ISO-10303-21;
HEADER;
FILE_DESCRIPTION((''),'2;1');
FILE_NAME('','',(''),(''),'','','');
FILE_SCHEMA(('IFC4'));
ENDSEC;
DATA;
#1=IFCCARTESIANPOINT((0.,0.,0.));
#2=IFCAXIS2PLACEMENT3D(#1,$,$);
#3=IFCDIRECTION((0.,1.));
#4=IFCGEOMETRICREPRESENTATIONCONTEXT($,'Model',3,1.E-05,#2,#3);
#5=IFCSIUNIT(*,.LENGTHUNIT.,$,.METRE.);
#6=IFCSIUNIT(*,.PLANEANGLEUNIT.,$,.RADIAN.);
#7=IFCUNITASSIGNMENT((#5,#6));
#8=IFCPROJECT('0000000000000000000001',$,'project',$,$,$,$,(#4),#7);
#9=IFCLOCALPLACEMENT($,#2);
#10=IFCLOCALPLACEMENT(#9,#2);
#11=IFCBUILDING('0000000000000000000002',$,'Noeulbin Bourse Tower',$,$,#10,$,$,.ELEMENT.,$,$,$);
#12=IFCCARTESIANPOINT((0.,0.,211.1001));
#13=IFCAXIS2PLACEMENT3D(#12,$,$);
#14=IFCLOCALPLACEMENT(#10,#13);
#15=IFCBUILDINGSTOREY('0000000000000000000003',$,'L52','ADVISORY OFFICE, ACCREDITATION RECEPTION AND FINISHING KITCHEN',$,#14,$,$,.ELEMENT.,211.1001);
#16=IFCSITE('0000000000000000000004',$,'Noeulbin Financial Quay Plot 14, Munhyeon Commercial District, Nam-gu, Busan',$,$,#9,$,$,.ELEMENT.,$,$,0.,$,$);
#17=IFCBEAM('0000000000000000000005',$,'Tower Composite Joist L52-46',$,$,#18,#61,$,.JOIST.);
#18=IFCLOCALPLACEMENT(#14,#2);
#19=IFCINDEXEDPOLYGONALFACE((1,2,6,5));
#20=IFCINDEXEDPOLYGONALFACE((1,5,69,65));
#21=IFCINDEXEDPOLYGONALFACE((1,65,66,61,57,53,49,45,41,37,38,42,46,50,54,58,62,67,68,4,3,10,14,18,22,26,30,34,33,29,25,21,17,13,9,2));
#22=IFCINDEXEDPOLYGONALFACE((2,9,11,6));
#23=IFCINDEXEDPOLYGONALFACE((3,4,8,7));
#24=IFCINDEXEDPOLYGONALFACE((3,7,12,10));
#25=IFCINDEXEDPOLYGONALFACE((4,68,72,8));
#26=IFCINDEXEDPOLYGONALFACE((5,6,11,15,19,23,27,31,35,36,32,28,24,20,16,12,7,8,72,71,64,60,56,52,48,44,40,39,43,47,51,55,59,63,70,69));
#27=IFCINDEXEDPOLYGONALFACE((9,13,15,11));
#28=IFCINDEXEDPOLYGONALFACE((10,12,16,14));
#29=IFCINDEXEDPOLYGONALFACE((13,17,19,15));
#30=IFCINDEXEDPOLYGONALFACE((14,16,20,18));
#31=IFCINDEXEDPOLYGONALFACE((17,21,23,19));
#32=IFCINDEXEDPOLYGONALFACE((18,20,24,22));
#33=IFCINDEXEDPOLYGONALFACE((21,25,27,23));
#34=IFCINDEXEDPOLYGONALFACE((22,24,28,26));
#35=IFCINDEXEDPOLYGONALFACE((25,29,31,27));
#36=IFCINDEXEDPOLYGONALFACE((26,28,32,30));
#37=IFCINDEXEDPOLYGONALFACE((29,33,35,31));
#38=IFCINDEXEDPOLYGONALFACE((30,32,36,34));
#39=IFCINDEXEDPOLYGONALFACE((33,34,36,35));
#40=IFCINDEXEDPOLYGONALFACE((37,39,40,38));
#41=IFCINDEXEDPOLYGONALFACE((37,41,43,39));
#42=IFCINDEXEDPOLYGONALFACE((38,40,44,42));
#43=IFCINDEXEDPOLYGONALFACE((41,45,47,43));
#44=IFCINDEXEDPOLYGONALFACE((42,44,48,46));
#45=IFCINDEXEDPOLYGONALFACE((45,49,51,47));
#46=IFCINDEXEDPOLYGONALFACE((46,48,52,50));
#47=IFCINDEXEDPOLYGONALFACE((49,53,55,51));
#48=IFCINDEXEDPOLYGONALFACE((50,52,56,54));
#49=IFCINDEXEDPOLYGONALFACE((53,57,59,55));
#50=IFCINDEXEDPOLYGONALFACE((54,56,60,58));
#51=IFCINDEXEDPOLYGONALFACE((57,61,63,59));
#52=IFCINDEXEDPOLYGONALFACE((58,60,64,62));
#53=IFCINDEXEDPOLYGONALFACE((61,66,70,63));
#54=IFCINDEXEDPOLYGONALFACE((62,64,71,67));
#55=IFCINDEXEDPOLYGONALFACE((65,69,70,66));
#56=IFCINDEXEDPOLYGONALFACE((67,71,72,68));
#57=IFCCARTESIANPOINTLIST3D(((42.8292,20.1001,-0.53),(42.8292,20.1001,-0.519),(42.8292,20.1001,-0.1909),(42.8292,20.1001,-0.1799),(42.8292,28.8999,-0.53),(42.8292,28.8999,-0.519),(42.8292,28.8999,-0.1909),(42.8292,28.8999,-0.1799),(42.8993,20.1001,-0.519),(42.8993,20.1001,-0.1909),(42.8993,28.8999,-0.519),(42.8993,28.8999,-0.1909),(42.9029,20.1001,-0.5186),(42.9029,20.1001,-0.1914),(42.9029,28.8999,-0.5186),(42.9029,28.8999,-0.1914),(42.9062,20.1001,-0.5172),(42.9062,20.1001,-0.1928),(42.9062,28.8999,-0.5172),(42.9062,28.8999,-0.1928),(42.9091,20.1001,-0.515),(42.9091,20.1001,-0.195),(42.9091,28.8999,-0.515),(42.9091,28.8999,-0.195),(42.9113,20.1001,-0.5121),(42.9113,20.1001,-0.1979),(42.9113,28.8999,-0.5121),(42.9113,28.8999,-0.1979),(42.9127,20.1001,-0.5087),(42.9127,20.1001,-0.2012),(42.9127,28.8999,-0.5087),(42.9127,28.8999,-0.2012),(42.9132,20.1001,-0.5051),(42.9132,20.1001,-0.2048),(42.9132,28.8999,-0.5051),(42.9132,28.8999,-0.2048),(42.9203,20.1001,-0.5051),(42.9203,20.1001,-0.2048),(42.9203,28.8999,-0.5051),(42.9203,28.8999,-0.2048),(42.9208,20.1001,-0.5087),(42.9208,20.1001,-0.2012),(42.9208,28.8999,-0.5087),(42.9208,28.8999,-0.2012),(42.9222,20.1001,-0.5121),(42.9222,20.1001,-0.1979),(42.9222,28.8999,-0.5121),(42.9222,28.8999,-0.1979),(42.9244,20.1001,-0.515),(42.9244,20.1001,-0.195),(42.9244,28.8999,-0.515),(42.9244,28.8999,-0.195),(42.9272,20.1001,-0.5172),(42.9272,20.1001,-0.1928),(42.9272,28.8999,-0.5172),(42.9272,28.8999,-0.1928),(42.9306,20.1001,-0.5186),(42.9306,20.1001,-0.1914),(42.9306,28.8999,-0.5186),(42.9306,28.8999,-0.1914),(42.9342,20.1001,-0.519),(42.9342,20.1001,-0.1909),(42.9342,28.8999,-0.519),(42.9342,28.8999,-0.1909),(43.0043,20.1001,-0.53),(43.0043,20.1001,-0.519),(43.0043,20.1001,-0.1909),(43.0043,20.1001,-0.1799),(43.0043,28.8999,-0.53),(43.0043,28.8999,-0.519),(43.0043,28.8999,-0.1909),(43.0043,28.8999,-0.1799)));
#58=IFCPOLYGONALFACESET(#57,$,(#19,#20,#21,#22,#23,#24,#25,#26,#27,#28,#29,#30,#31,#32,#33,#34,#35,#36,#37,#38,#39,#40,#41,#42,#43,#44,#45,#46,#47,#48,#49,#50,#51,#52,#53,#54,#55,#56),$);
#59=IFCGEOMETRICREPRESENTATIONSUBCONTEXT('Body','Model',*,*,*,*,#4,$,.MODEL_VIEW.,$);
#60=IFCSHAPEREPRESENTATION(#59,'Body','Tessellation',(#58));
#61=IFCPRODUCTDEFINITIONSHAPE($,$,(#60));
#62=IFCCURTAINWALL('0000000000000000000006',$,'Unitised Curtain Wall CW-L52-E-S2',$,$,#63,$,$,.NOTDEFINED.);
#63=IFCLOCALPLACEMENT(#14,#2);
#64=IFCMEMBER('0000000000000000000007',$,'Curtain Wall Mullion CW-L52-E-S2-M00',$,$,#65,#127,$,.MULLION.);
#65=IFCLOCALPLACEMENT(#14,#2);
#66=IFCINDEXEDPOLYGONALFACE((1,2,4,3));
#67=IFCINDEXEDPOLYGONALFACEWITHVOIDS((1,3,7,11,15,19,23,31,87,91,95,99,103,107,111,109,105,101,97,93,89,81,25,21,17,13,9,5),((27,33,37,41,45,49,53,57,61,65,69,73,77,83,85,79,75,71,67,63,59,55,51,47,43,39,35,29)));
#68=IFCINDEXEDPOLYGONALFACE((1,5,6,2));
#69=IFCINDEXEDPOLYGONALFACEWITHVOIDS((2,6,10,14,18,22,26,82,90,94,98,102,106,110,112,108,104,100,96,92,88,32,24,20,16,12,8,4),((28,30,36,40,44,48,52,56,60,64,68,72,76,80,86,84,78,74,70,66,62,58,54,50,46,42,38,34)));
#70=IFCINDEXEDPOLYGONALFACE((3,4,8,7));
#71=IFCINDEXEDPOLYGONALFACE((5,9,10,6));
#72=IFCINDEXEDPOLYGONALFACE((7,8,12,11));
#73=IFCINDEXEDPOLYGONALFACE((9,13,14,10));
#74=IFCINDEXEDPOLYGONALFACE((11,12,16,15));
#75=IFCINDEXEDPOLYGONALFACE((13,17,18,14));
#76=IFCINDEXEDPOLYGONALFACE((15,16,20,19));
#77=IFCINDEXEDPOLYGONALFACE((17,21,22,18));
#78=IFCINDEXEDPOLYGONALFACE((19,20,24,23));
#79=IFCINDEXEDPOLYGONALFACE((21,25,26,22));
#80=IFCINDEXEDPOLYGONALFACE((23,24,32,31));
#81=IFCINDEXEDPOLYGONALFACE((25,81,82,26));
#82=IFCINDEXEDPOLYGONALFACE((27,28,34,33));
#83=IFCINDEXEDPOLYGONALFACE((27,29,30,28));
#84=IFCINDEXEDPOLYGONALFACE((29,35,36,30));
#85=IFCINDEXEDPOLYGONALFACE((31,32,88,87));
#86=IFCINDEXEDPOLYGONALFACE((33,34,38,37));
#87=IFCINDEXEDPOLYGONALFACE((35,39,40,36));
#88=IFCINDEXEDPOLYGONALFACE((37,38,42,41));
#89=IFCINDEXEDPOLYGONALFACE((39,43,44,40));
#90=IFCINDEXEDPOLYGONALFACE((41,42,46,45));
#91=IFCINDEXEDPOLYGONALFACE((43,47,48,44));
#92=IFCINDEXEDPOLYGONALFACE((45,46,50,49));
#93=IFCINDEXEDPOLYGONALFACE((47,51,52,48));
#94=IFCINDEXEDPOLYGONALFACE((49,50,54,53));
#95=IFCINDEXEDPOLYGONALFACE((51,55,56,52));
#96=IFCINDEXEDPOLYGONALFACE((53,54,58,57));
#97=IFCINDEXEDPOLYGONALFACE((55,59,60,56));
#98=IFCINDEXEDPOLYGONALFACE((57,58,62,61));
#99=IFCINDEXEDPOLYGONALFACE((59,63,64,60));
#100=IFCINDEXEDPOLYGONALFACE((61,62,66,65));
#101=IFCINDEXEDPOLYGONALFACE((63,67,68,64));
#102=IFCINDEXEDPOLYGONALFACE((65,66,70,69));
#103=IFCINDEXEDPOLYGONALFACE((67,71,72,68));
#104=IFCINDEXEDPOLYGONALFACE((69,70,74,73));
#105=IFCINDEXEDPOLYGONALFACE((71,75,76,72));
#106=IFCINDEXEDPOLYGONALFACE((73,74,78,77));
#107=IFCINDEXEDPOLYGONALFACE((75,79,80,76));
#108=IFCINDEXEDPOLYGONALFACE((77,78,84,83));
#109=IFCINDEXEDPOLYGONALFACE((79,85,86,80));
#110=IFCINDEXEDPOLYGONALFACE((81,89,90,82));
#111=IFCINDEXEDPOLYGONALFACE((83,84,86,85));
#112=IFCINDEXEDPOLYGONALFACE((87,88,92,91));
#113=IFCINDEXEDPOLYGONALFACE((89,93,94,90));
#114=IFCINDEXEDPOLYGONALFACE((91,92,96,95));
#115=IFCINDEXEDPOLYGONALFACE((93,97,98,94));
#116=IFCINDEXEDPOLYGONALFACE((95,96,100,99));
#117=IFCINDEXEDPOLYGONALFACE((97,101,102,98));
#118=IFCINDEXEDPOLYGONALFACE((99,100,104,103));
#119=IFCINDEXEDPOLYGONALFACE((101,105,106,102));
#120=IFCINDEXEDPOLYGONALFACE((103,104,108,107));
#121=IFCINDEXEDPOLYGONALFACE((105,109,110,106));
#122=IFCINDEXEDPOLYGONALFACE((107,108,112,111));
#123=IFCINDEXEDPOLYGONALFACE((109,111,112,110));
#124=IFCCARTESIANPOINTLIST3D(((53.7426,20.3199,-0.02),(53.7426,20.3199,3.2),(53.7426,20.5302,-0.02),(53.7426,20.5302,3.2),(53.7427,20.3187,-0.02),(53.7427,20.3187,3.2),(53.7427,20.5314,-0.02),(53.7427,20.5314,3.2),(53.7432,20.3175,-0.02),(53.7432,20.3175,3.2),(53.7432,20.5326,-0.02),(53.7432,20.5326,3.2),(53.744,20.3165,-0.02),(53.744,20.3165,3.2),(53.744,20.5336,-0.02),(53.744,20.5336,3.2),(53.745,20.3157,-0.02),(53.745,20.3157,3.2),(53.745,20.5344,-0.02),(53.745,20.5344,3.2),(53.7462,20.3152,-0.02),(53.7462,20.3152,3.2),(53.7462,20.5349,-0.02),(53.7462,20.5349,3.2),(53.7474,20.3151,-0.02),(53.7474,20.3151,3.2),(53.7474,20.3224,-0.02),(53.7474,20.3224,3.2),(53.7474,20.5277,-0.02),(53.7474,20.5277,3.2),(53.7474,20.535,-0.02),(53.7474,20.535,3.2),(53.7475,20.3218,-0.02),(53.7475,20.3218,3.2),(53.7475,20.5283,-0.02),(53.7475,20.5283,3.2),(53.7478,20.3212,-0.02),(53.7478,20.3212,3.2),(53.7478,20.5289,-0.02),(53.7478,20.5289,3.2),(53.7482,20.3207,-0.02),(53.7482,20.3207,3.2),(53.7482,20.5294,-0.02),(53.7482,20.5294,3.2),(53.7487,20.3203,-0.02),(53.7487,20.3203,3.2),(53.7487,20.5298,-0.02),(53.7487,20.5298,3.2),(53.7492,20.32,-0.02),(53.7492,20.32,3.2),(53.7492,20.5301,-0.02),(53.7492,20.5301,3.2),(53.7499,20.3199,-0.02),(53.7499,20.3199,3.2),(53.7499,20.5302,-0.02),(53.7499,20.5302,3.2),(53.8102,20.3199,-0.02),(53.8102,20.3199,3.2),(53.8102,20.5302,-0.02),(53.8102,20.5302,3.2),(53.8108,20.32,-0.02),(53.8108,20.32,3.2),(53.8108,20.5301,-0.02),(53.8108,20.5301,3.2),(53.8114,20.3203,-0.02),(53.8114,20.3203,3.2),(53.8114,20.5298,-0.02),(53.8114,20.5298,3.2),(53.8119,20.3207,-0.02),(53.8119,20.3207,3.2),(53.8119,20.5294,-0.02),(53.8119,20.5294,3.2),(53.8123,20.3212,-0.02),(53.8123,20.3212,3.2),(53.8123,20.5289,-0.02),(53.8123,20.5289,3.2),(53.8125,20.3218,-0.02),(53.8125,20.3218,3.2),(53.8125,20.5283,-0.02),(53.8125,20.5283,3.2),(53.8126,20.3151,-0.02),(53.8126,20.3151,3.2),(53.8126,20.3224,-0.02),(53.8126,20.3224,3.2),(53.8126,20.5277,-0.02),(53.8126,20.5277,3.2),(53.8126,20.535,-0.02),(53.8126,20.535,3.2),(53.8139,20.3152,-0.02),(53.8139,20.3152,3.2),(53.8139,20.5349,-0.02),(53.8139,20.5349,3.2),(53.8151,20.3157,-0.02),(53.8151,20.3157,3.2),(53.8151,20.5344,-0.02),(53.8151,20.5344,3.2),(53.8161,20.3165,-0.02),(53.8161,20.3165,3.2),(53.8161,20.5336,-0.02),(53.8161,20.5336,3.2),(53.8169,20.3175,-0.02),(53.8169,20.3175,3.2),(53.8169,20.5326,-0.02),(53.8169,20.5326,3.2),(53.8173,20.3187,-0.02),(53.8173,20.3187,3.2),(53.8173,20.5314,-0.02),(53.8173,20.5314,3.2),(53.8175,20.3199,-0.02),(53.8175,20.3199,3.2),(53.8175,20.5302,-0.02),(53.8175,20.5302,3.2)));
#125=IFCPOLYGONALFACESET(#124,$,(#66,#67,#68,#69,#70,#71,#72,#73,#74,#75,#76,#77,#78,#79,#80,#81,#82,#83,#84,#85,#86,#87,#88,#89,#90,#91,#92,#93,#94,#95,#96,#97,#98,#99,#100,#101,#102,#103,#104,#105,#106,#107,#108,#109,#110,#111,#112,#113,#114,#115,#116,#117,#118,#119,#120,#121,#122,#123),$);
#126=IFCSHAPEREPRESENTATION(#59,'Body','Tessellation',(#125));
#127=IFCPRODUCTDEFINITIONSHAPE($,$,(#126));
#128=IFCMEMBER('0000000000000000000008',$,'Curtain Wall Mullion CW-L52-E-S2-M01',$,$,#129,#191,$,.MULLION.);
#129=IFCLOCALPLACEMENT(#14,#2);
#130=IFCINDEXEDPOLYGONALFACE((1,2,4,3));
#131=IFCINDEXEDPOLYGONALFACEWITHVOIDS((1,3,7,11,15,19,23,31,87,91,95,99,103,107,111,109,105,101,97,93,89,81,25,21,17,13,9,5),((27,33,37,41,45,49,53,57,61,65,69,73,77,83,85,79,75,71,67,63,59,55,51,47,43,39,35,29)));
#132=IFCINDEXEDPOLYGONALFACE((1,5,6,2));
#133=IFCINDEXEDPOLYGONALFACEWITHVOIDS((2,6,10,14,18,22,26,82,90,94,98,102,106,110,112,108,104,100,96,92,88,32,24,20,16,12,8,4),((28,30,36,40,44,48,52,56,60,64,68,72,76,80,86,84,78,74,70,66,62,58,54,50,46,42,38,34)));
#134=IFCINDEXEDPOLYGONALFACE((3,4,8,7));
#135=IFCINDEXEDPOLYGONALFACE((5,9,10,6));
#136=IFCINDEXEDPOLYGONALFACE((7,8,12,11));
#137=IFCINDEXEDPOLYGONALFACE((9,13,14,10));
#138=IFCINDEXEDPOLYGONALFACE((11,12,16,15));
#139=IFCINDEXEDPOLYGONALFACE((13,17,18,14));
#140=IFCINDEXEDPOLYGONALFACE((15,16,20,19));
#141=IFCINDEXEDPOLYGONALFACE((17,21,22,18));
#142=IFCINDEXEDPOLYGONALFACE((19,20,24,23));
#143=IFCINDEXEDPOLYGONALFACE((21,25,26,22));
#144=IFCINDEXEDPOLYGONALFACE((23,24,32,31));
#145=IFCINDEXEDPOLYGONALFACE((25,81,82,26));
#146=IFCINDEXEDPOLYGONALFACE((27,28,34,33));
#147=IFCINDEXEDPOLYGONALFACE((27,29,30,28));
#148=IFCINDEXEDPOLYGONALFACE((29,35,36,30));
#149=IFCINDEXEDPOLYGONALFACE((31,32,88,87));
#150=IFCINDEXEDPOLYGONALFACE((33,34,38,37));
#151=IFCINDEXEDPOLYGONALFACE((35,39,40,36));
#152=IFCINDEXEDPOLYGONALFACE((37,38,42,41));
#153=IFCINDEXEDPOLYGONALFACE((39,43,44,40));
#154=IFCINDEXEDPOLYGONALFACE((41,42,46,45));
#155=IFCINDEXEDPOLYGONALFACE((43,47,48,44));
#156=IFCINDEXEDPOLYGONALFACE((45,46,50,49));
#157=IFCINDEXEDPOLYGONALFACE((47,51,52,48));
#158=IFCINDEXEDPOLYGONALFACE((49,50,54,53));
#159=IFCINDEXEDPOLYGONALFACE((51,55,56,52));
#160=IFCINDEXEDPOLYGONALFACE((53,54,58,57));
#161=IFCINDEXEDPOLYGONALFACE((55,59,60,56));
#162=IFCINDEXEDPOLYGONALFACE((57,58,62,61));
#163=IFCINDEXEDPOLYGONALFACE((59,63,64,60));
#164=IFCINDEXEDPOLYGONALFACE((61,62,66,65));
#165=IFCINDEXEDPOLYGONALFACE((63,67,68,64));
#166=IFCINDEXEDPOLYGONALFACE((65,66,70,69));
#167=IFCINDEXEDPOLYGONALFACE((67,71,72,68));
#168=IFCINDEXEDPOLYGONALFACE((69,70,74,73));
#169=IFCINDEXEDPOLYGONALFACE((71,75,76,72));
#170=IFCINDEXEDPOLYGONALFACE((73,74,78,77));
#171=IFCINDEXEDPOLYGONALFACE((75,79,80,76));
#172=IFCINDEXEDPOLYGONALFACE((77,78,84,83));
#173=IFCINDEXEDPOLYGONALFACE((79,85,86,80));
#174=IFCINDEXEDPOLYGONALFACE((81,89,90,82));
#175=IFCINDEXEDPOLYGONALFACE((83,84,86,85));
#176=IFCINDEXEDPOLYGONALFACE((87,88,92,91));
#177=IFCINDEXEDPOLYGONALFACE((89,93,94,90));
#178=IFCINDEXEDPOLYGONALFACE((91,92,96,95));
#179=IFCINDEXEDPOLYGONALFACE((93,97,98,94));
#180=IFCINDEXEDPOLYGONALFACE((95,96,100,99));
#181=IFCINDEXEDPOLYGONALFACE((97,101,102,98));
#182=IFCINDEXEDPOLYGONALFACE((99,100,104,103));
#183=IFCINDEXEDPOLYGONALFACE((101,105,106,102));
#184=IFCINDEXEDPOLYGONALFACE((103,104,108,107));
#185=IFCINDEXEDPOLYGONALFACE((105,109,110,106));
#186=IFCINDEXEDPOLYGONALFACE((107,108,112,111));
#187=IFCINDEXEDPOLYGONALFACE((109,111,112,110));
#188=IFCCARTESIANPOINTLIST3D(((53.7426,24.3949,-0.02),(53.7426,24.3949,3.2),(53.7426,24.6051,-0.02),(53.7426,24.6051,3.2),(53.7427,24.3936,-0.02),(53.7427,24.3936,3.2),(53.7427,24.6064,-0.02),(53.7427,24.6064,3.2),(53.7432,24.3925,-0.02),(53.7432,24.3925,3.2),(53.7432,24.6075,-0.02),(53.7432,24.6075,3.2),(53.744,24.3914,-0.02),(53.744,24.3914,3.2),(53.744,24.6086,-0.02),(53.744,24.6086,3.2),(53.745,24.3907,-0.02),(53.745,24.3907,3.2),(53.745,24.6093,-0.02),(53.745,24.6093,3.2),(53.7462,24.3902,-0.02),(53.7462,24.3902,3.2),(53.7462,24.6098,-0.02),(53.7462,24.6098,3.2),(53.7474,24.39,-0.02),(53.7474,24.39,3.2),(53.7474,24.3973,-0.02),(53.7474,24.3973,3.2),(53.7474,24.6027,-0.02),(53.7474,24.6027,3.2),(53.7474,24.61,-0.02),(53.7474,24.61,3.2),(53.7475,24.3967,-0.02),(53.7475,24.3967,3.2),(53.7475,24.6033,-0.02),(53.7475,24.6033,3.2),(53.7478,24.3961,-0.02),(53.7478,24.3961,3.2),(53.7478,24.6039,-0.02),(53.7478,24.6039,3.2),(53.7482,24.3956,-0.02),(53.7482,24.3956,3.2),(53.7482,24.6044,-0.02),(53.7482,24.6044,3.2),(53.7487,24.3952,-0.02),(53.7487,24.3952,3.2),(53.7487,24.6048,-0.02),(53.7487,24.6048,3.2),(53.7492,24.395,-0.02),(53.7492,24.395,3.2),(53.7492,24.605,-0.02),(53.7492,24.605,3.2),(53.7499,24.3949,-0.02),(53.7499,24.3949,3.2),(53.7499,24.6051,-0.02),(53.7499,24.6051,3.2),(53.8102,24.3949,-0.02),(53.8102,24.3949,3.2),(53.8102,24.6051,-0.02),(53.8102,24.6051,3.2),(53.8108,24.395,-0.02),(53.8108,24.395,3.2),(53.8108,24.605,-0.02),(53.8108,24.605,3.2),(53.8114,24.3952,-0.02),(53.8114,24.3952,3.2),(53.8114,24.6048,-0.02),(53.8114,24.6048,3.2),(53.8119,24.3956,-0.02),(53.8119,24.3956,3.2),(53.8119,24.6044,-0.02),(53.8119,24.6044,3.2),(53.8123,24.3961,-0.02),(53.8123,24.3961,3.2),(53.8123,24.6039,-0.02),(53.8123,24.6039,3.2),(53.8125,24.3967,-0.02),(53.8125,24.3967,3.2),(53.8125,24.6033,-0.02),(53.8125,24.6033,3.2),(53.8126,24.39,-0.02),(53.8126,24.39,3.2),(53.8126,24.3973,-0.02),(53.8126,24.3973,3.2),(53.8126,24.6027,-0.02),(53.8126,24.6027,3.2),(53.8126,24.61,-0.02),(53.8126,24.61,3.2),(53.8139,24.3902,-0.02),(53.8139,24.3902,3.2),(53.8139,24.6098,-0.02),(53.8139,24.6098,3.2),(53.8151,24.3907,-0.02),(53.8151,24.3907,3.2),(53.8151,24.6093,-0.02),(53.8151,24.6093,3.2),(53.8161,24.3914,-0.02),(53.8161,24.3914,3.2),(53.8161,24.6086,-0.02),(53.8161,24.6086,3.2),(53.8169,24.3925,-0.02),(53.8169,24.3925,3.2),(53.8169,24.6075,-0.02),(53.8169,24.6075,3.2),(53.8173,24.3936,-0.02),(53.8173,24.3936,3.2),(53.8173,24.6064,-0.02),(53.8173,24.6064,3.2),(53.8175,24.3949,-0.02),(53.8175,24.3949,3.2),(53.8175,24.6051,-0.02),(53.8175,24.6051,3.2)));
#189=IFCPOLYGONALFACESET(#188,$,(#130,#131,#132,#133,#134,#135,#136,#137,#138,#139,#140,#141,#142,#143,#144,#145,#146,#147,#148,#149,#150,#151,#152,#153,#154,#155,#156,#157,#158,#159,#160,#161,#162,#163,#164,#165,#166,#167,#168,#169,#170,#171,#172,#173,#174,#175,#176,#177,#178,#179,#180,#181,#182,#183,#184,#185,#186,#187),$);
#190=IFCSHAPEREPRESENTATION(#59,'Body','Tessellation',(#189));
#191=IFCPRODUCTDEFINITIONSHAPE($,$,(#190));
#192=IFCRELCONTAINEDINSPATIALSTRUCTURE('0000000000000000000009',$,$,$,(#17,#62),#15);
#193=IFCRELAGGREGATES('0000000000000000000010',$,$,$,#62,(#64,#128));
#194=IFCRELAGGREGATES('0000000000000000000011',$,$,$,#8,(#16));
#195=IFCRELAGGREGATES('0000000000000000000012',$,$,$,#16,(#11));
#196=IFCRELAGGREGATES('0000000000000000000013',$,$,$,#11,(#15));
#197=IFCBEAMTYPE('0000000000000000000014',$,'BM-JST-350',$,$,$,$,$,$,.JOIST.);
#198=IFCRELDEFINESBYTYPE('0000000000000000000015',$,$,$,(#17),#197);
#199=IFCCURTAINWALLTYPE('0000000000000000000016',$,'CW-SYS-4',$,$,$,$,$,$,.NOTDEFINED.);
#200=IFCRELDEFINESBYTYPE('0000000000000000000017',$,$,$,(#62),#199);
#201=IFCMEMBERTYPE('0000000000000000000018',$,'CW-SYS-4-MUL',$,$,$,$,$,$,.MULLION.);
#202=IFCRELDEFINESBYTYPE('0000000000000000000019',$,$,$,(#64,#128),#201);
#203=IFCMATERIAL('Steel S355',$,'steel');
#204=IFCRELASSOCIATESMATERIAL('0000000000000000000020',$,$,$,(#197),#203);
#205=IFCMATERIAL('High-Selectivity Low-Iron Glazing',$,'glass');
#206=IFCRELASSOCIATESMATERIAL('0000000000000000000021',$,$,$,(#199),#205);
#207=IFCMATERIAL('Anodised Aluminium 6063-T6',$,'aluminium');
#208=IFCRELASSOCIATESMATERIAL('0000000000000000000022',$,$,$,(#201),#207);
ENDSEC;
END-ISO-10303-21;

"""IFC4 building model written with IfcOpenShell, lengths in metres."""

from ifc_helpers import new_model, si_unit, direction, frame, origin, origin_2d, place, context, subcontext, project, spatial, hollow_rectangle, i_section, extrude, material, material_profile, profile_set, type_object, element, aggregate, save


model = new_model("IFC4")

# Units and contexts
model_context = context("Model", 3, precision=1e-05, world=origin(), true_north=direction((0.0, 1.0)))
body_context = subcontext(model_context, "Body", "Model", "MODEL_VIEW")
ifc_project = project(units=[si_unit("LENGTHUNIT", "METRE"), si_unit("PLANEANGLEUNIT", "RADIAN")], contexts=[model_context])

# Site, building, storey
site_placement = place(None, origin())
site = spatial("IfcSite", under=ifc_project, at=site_placement, Name="Noeulbin Financial Quay Plot 14, Munhyeon Commercial District, Nam-gu, Busan", CompositionType="ELEMENT", RefElevation=0.0)
building_placement = place(site_placement, origin())
building = spatial("IfcBuilding", under=site, at=building_placement, Name="Noeulbin Bourse Tower", CompositionType="ELEMENT")
storey_placement = place(building_placement, frame((0.0, 0.0, 211.1001)))
storey = spatial("IfcBuildingStorey", under=building, at=storey_placement, Name="L52", Description="ADVISORY OFFICE, ACCREDITATION RECEPTION AND FINISHING KITCHEN", CompositionType="ELEMENT", Elevation=211.1001)

# Shared definitions
ifc_material_1 = material(Name="Steel S355", Category="steel")

# Beam
ifc_material_profile_1 = material_profile(ifc_material_1, i_section(OverallWidth=0.175, OverallDepth=0.3501, WebThickness=0.0071, FlangeThickness=0.011, FilletRadius=0.0139, at=origin_2d()), Name="H-350x175x7x11", Category="LoadBearing")
ifc_profile_set_1 = profile_set([ifc_material_profile_1], Name="Steel S355")
beam_type_1 = type_object("IfcBeamType", Name="BM-JST-350", PredefinedType="JOIST", material=ifc_profile_set_1)
beam_1_placement = place(storey_placement, frame((42.9167, 20.1001, -0.355), z_axis=(0.0, 1.0, 0.0), x_axis=(-1.0, 0.0, 0.0)))
element("IfcBeam", 1, at=beam_1_placement, inside=storey, type_object=beam_type_1, Name="Tower Composite Joist L52-46", PredefinedType="JOIST", context=body_context, shape_type="SweptSolid", body=[
    extrude(i_section(OverallWidth=0.175, OverallDepth=0.3501, WebThickness=0.0071, FlangeThickness=0.011, FilletRadius=0.0139, at=origin_2d()), origin(), (0.0, 0.0, 1.0), 8.7998),
])

# Curtain wall, members
ifc_material_2 = material(Name="High-Selectivity Low-Iron Glazing", Category="glass")
curtain_wall_type = type_object("IfcCurtainWallType", Name="CW-SYS-4", PredefinedType="NOTDEFINED", material=ifc_material_2)
curtain_wall_1_placement = place(storey_placement, origin())
curtain_wall_1 = element("IfcCurtainWall", 2, at=curtain_wall_1_placement, inside=storey, type_object=curtain_wall_type, Name="Unitised Curtain Wall CW-L52-E-S2", PredefinedType="NOTDEFINED")
ifc_material_3 = material(Name="Anodised Aluminium 6063-T6", Category="aluminium")
ifc_material_profile_2 = material_profile(ifc_material_3, hollow_rectangle(XDim=0.075, YDim=0.22, WallThickness=0.0049, InnerFilletRadius=0.0024, OuterFilletRadius=0.0049, at=origin_2d()), Name="ALU-MULL-75x220x5", Category="LoadBearing")
ifc_profile_set_2 = profile_set([ifc_material_profile_2], Name="Anodised Aluminium 6063-T6")
member_type_1 = type_object("IfcMemberType", Name="CW-SYS-4-MUL", PredefinedType="MULLION", material=ifc_profile_set_2)
member_1_placement = place(storey_placement, frame((53.78, 20.425, -0.02), z_axis=(0.0, 0.0, 1.0), x_axis=(1.0, 0.0, 0.0)))
member_1 = element("IfcMember", 3, at=member_1_placement, type_object=member_type_1, Name="Curtain Wall Mullion CW-L52-E-S2-M00", PredefinedType="MULLION", context=body_context, shape_type="SweptSolid", body=[
    extrude(hollow_rectangle(XDim=0.075, YDim=0.22, WallThickness=0.0049, InnerFilletRadius=0.0024, OuterFilletRadius=0.0049, at=origin_2d()), origin(), (0.0, 0.0, 1.0), 3.22),
])
member_2_placement = place(storey_placement, frame((53.78, 24.5, -0.02), z_axis=(0.0, 0.0, 1.0), x_axis=(1.0, 0.0, 0.0)))
member_2 = element("IfcMember", 4, at=member_2_placement, type_object=member_type_1, Name="Curtain Wall Mullion CW-L52-E-S2-M01", PredefinedType="MULLION", context=body_context, shape_type="SweptSolid", body=[
    extrude(hollow_rectangle(XDim=0.075, YDim=0.22, WallThickness=0.0049, InnerFilletRadius=0.0024, OuterFilletRadius=0.0049, at=origin_2d()), origin(), (0.0, 0.0, 1.0), 3.22),
])

aggregate(curtain_wall_1, [member_1, member_2])

save(model, "model.ifc")
